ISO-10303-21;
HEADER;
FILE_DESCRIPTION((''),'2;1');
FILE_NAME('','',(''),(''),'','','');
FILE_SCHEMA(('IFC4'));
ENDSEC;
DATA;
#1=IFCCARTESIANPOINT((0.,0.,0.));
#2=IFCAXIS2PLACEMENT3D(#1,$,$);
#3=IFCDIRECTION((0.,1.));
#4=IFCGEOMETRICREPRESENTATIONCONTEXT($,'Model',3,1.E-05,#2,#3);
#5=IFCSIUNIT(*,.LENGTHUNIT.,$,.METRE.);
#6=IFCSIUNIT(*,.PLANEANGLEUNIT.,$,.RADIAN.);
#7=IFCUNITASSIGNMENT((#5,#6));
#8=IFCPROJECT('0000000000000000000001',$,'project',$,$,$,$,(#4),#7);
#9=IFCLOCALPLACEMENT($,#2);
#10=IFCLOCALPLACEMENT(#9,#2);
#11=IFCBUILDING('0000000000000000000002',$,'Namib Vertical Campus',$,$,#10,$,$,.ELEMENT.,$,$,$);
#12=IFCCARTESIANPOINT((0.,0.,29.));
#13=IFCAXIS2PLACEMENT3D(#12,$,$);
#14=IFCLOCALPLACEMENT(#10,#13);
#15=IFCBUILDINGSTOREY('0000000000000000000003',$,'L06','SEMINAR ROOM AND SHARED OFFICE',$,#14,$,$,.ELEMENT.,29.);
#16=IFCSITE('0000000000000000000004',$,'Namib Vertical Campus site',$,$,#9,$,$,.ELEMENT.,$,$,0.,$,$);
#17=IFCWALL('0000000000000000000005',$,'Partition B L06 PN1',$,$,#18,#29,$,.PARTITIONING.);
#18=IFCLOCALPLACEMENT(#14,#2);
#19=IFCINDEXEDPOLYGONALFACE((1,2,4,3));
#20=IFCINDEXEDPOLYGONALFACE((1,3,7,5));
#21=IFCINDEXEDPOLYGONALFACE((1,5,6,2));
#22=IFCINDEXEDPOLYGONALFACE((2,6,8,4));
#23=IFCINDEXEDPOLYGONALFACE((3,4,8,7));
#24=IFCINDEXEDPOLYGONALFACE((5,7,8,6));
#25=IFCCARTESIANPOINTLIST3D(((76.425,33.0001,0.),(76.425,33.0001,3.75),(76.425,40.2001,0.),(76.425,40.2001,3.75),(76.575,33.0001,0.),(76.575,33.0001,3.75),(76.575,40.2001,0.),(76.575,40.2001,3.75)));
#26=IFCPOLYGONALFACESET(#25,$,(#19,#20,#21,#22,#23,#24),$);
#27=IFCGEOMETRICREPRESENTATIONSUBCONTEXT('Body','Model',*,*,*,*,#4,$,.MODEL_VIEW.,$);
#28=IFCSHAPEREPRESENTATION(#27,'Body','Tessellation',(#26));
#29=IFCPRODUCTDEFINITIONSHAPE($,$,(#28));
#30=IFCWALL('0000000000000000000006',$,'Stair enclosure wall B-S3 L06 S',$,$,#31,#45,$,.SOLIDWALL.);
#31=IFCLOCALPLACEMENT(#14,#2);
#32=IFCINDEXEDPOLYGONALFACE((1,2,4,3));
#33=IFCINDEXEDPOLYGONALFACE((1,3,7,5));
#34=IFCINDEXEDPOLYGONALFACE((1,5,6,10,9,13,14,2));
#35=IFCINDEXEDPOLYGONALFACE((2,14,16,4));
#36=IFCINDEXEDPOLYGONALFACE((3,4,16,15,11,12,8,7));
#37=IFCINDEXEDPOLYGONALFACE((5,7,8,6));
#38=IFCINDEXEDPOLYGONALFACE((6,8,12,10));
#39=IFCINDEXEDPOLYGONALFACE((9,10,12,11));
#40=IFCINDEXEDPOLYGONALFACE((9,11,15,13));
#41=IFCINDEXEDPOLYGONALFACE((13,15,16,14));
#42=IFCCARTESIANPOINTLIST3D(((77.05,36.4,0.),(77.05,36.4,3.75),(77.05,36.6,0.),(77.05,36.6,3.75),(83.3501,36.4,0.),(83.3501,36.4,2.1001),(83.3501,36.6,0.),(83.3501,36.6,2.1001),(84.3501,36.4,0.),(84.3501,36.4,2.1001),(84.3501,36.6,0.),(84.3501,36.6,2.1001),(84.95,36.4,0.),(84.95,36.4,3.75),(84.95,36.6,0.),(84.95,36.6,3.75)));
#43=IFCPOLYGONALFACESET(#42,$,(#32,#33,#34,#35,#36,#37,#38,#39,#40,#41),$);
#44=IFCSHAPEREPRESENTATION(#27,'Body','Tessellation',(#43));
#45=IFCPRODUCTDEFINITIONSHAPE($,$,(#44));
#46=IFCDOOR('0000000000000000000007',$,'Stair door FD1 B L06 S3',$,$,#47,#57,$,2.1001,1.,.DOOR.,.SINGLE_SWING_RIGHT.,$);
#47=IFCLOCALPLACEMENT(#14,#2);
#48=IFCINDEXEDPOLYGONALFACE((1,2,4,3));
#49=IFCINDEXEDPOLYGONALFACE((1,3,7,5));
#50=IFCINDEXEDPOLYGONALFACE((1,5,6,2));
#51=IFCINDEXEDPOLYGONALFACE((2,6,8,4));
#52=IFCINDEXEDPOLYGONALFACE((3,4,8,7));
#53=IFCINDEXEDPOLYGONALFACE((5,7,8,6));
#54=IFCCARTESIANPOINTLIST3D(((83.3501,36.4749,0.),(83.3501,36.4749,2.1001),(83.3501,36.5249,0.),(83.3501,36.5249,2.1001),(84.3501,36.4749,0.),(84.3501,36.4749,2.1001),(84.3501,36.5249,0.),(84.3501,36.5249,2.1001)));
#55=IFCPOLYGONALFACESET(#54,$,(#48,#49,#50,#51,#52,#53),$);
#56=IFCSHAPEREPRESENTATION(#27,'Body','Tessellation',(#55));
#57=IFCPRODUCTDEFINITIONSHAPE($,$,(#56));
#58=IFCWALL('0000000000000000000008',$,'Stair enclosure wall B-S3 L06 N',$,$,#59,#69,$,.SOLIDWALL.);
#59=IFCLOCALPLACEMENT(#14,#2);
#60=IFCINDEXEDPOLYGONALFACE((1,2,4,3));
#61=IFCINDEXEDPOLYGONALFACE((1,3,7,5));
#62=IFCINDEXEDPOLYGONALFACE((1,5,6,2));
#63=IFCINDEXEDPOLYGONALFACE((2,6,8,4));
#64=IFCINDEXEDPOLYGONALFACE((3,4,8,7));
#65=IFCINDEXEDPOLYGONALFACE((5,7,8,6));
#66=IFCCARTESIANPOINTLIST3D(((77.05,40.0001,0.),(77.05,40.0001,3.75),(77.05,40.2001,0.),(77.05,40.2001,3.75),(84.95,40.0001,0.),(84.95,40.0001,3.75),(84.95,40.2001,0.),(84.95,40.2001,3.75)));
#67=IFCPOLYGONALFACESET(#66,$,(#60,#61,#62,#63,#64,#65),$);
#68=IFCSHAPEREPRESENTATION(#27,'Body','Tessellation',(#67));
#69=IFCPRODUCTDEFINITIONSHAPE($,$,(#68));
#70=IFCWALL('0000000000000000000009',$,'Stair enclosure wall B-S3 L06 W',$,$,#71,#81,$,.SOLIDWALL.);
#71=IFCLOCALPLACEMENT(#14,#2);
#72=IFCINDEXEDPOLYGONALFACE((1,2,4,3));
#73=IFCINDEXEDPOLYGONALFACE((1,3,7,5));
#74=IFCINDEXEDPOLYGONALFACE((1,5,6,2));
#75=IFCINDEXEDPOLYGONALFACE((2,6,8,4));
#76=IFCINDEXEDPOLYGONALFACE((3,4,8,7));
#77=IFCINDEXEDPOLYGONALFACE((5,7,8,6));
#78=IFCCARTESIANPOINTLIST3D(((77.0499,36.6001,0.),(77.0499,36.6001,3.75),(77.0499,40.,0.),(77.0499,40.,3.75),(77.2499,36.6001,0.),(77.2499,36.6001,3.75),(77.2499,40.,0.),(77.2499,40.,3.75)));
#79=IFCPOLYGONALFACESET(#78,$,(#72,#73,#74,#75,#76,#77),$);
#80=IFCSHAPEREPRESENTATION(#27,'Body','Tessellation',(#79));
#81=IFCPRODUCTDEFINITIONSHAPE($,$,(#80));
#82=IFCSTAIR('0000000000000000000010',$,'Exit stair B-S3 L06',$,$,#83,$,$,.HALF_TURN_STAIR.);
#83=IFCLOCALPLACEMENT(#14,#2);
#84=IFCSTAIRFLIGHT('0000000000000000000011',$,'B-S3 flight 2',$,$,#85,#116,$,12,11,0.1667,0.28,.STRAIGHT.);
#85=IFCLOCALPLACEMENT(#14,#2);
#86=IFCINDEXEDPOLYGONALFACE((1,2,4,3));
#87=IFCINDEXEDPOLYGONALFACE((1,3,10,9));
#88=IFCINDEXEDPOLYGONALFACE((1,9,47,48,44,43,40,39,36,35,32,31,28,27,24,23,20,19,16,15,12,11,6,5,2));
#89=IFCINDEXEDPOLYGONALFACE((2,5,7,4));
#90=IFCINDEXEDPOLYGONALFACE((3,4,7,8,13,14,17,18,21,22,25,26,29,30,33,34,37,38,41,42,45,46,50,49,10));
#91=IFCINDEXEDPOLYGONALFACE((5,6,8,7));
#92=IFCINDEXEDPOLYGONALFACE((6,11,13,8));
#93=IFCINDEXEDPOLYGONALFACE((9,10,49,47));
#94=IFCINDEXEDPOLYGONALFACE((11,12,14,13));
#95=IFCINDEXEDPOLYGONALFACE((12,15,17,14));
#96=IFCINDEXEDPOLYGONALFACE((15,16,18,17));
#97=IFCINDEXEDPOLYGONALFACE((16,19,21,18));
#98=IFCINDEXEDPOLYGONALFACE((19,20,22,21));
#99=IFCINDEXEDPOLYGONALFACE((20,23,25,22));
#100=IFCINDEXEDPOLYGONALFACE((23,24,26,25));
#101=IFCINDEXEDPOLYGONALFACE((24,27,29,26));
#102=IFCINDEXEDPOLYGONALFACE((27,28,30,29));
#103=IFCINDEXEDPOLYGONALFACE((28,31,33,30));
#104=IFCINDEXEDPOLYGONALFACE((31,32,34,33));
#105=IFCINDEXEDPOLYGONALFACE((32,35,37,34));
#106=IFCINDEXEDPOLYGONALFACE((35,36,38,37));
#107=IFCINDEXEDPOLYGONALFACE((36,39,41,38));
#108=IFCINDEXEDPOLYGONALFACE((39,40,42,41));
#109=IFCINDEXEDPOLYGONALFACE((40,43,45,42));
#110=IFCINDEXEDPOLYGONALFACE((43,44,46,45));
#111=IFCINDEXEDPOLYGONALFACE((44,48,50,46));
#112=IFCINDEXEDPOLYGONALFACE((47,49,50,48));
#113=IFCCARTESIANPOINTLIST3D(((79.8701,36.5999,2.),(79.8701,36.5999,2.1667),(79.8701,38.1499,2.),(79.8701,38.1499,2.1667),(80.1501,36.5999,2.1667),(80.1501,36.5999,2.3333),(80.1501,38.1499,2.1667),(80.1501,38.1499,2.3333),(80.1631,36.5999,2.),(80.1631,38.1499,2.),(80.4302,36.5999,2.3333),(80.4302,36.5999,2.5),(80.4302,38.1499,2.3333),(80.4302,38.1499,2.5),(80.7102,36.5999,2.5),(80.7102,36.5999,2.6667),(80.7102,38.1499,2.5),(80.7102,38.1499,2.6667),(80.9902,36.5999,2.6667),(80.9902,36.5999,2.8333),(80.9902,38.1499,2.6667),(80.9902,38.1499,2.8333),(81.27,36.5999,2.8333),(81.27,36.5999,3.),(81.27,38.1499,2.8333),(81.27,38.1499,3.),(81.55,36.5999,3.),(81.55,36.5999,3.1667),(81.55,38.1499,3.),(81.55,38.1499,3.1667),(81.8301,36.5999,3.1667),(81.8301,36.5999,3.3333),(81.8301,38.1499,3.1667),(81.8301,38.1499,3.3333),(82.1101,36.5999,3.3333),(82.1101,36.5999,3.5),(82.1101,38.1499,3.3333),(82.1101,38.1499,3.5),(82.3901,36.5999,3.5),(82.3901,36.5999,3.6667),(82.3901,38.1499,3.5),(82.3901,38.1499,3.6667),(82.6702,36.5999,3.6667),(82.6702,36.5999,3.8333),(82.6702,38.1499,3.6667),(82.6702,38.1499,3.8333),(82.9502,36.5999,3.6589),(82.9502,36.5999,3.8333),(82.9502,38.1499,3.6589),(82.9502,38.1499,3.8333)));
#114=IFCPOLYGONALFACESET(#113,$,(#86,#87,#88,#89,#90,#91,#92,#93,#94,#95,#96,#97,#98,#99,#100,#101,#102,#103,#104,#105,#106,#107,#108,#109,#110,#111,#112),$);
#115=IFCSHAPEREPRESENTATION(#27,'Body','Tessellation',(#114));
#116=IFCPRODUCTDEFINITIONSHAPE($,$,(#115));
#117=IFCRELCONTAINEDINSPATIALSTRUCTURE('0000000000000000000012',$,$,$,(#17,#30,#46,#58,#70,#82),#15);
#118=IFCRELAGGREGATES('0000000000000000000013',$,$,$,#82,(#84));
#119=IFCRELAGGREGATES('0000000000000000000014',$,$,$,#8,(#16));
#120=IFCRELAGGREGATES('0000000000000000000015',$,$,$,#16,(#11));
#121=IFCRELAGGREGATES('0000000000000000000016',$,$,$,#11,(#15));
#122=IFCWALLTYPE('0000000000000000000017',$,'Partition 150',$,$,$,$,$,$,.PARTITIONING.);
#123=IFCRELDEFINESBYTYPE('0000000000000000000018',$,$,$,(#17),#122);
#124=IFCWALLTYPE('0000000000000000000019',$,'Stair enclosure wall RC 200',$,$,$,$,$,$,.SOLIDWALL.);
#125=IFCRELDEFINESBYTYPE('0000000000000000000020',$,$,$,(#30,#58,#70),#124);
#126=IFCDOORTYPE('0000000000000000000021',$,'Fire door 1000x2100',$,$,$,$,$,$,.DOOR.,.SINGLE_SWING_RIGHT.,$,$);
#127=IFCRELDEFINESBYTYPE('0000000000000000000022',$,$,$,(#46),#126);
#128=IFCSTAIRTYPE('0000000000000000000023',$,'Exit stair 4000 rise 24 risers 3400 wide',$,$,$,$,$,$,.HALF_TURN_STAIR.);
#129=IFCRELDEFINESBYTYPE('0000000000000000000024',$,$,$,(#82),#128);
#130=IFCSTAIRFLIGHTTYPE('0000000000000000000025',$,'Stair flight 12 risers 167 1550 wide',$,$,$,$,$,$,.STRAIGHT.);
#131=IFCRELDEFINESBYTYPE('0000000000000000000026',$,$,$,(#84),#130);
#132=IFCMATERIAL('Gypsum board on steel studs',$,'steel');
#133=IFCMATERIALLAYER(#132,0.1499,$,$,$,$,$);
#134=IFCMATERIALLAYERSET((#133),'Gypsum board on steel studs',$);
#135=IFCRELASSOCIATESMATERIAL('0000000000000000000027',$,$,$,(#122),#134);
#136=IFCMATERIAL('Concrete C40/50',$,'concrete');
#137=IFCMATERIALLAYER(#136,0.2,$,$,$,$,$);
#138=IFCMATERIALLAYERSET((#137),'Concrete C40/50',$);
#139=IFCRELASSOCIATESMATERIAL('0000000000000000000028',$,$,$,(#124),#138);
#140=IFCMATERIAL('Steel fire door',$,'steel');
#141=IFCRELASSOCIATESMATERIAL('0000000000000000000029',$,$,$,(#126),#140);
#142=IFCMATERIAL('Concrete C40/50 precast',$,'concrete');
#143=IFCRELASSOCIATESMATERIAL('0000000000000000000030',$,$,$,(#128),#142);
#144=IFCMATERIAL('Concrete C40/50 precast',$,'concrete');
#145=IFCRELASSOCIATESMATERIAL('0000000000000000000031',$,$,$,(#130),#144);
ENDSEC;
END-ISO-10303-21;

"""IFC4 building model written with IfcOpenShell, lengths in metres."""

from ifc_helpers import new_model, si_unit, direction, frame, frame_2d, origin, place, context, subcontext, project, spatial, polyline, rectangle, outline, extrude, material, layer, layer_set, type_object, element, fill, aggregate, save


model = new_model("IFC4")

# Units and contexts
model_context = context("Model", 3, precision=1e-05, world=origin(), true_north=direction((0.0, 1.0)))
body_context = subcontext(model_context, "Body", "Model", "MODEL_VIEW")
ifc_project = project(units=[si_unit("LENGTHUNIT", "METRE"), si_unit("PLANEANGLEUNIT", "RADIAN")], contexts=[model_context])

# Site, building, storey
site_placement = place(None, origin())
site = spatial("IfcSite", under=ifc_project, at=site_placement, Name="Namib Vertical Campus site", CompositionType="ELEMENT", RefElevation=0.0)
building_placement = place(site_placement, origin())
building = spatial("IfcBuilding", under=site, at=building_placement, Name="Namib Vertical Campus", CompositionType="ELEMENT")
storey_placement = place(building_placement, frame((0.0, 0.0, 29.0)))
storey = spatial("IfcBuildingStorey", under=building, at=storey_placement, Name="L06", Description="SEMINAR ROOM AND SHARED OFFICE", CompositionType="ELEMENT", Elevation=29.0)

# Wall
ifc_material_1 = material(Name="Gypsum board on steel studs", Category="steel")
ifc_layer_1 = layer(ifc_material_1, 0.1499)
ifc_layer_set_1 = layer_set([ifc_layer_1], Name="Gypsum board on steel studs")
wall_type_1 = type_object("IfcWallType", Name="Partition 150", PredefinedType="PARTITIONING", material=ifc_layer_set_1)
wall_1_placement = place(storey_placement, frame((76.5, 33.0, 0.0), z_axis=(0.0, 0.0, 1.0), x_axis=(0.0, 1.0, 0.0)))
element("IfcWall", 1, at=wall_1_placement, inside=storey, type_object=wall_type_1, Name="Partition B L06 PN1", PredefinedType="PARTITIONING", context=body_context, shape_type="SweptSolid", body=[
    extrude(rectangle(XDim=7.2, YDim=0.1499, at=frame_2d((3.6001, 0.0))), origin(), (0.0, 0.0, 1.0), 3.75),
])

# Wall, opening, door
ifc_material_2 = material(Name="Concrete C40/50", Category="concrete")
ifc_layer_2 = layer(ifc_material_2, 0.2)
ifc_layer_set_2 = layer_set([ifc_layer_2], Name="Concrete C40/50")
wall_type_2 = type_object("IfcWallType", Name="Stair enclosure wall RC 200", PredefinedType="SOLIDWALL", material=ifc_layer_set_2)
wall_2_placement = place(storey_placement, frame((77.05, 36.5, 0.0), z_axis=(0.0, 0.0, 1.0), x_axis=(1.0, 0.0, 0.0)))
wall_2 = element("IfcWall", 2, at=wall_2_placement, inside=storey, type_object=wall_type_2, Name="Stair enclosure wall B-S3 L06 S", PredefinedType="SOLIDWALL", context=body_context, shape_type="SweptSolid", body=[
    extrude(rectangle(XDim=7.8999, YDim=0.2, at=frame_2d((3.95, 0.0))), origin(), (0.0, 0.0, 1.0), 3.75),
])
opening_1_placement = place(wall_2_placement, frame((6.3, 0.0, 0.0)))
opening_1 = element("IfcOpeningElement", 3, at=opening_1_placement, cuts=wall_2, PredefinedType="OPENING", context=body_context, shape_type="SweptSolid", body=[
    extrude(rectangle(XDim=1.0, YDim=2.1001, at=frame_2d((0.5, 1.05))), frame((0.0, 0.1099, 0.0), z_axis=(0.0, -1.0, 0.0), x_axis=(1.0, 0.0, 0.0)), (0.0, 0.0, 1.0), 0.22),
])
ifc_material_3 = material(Name="Steel fire door", Category="steel")
door_type_1 = type_object("IfcDoorType", Name="Fire door 1000x2100", OperationType="SINGLE_SWING_RIGHT", PredefinedType="DOOR", material=ifc_material_3)
door_1_placement = place(opening_1_placement, origin())
door_1 = element("IfcDoor", 4, at=door_1_placement, inside=storey, type_object=door_type_1, Name="Stair door FD1 B L06 S3", OperationType="SINGLE_SWING_RIGHT", OverallHeight=2.1001, OverallWidth=1.0, PredefinedType="DOOR", context=body_context, shape_type="SweptSolid", body=[
    extrude(rectangle(XDim=1.0, YDim=2.1001, at=frame_2d((0.5, 1.05))), frame((0.0, 0.0249, 0.0), z_axis=(0.0, -1.0, 0.0), x_axis=(1.0, 0.0, 0.0)), (0.0, 0.0, 1.0), 0.05),
])
fill(opening_1, door_1)

# Walls
wall_3_placement = place(storey_placement, frame((77.05, 40.1001, 0.0), z_axis=(0.0, 0.0, 1.0), x_axis=(1.0, 0.0, 0.0)))
element("IfcWall", 5, at=wall_3_placement, inside=storey, type_object=wall_type_2, Name="Stair enclosure wall B-S3 L06 N", PredefinedType="SOLIDWALL", context=body_context, shape_type="SweptSolid", body=[
    extrude(rectangle(XDim=7.8999, YDim=0.2, at=frame_2d((3.95, 0.0))), origin(), (0.0, 0.0, 1.0), 3.75),
])
wall_4_placement = place(storey_placement, frame((77.1499, 36.6001, 0.0), z_axis=(0.0, 0.0, 1.0), x_axis=(0.0, 1.0, 0.0)))
element("IfcWall", 6, at=wall_4_placement, inside=storey, type_object=wall_type_2, Name="Stair enclosure wall B-S3 L06 W", PredefinedType="SOLIDWALL", context=body_context, shape_type="SweptSolid", body=[
    extrude(rectangle(XDim=3.3999, YDim=0.2, at=frame_2d((1.7, 0.0))), origin(), (0.0, 0.0, 1.0), 3.75),
])

# Stair, stair flight
ifc_material_4 = material(Name="Concrete C40/50 precast", Category="concrete")
stair_type = type_object("IfcStairType", Name="Exit stair 4000 rise 24 risers 3400 wide", PredefinedType="HALF_TURN_STAIR", material=ifc_material_4)
stair_placement = place(storey_placement, origin())
stair = element("IfcStair", 7, at=stair_placement, inside=storey, type_object=stair_type, Name="Exit stair B-S3 L06", PredefinedType="HALF_TURN_STAIR")
ifc_material_5 = material(Name="Concrete C40/50 precast", Category="concrete")
stair_flight_type = type_object("IfcStairFlightType", Name="Stair flight 12 risers 167 1550 wide", PredefinedType="STRAIGHT", material=ifc_material_5)
stair_flight_placement = place(storey_placement, frame((79.8701, 37.375, 2.0), z_axis=(0.0, 0.0, 1.0), x_axis=(1.0, 0.0, 0.0)))
stair_flight = element("IfcStairFlight", 8, at=stair_flight_placement, type_object=stair_flight_type, Name="B-S3 flight 2", NumberOfRisers=12, NumberOfTreads=11, PredefinedType="STRAIGHT", RiserHeight=0.1667, TreadLength=0.28, context=body_context, shape_type="SweptSolid", body=[
    extrude(outline(polyline([(0.0, 0.0), (0.0, 0.1667), (0.28, 0.1667), (0.28, 0.3333), (0.5601, 0.3333), (0.5601, 0.5), (0.8401, 0.5), (0.8401, 0.6667), (1.1201, 0.6667), (1.1201, 0.8333), (1.3999, 0.8333), (1.3999, 1.0), (1.6799, 1.0), (1.6799, 1.1667), (1.96, 1.1667), (1.96, 1.3333), (2.24, 1.3333), (2.24, 1.5), (2.52, 1.5), (2.52, 1.6667), (2.8, 1.6667), (2.8, 1.8333), (3.0801, 1.8333), (3.0801, 2.0), (3.0801, 1.6589), (0.293, 0.0), (0.0, 0.0)])), frame((0.0, 0.7749, 0.0), z_axis=(0.0, -1.0, 0.0), x_axis=(1.0, 0.0, 0.0)), (0.0, 0.0, 1.0), 1.55),
])
aggregate(stair, [stair_flight])

save(model, "model.ifc")
